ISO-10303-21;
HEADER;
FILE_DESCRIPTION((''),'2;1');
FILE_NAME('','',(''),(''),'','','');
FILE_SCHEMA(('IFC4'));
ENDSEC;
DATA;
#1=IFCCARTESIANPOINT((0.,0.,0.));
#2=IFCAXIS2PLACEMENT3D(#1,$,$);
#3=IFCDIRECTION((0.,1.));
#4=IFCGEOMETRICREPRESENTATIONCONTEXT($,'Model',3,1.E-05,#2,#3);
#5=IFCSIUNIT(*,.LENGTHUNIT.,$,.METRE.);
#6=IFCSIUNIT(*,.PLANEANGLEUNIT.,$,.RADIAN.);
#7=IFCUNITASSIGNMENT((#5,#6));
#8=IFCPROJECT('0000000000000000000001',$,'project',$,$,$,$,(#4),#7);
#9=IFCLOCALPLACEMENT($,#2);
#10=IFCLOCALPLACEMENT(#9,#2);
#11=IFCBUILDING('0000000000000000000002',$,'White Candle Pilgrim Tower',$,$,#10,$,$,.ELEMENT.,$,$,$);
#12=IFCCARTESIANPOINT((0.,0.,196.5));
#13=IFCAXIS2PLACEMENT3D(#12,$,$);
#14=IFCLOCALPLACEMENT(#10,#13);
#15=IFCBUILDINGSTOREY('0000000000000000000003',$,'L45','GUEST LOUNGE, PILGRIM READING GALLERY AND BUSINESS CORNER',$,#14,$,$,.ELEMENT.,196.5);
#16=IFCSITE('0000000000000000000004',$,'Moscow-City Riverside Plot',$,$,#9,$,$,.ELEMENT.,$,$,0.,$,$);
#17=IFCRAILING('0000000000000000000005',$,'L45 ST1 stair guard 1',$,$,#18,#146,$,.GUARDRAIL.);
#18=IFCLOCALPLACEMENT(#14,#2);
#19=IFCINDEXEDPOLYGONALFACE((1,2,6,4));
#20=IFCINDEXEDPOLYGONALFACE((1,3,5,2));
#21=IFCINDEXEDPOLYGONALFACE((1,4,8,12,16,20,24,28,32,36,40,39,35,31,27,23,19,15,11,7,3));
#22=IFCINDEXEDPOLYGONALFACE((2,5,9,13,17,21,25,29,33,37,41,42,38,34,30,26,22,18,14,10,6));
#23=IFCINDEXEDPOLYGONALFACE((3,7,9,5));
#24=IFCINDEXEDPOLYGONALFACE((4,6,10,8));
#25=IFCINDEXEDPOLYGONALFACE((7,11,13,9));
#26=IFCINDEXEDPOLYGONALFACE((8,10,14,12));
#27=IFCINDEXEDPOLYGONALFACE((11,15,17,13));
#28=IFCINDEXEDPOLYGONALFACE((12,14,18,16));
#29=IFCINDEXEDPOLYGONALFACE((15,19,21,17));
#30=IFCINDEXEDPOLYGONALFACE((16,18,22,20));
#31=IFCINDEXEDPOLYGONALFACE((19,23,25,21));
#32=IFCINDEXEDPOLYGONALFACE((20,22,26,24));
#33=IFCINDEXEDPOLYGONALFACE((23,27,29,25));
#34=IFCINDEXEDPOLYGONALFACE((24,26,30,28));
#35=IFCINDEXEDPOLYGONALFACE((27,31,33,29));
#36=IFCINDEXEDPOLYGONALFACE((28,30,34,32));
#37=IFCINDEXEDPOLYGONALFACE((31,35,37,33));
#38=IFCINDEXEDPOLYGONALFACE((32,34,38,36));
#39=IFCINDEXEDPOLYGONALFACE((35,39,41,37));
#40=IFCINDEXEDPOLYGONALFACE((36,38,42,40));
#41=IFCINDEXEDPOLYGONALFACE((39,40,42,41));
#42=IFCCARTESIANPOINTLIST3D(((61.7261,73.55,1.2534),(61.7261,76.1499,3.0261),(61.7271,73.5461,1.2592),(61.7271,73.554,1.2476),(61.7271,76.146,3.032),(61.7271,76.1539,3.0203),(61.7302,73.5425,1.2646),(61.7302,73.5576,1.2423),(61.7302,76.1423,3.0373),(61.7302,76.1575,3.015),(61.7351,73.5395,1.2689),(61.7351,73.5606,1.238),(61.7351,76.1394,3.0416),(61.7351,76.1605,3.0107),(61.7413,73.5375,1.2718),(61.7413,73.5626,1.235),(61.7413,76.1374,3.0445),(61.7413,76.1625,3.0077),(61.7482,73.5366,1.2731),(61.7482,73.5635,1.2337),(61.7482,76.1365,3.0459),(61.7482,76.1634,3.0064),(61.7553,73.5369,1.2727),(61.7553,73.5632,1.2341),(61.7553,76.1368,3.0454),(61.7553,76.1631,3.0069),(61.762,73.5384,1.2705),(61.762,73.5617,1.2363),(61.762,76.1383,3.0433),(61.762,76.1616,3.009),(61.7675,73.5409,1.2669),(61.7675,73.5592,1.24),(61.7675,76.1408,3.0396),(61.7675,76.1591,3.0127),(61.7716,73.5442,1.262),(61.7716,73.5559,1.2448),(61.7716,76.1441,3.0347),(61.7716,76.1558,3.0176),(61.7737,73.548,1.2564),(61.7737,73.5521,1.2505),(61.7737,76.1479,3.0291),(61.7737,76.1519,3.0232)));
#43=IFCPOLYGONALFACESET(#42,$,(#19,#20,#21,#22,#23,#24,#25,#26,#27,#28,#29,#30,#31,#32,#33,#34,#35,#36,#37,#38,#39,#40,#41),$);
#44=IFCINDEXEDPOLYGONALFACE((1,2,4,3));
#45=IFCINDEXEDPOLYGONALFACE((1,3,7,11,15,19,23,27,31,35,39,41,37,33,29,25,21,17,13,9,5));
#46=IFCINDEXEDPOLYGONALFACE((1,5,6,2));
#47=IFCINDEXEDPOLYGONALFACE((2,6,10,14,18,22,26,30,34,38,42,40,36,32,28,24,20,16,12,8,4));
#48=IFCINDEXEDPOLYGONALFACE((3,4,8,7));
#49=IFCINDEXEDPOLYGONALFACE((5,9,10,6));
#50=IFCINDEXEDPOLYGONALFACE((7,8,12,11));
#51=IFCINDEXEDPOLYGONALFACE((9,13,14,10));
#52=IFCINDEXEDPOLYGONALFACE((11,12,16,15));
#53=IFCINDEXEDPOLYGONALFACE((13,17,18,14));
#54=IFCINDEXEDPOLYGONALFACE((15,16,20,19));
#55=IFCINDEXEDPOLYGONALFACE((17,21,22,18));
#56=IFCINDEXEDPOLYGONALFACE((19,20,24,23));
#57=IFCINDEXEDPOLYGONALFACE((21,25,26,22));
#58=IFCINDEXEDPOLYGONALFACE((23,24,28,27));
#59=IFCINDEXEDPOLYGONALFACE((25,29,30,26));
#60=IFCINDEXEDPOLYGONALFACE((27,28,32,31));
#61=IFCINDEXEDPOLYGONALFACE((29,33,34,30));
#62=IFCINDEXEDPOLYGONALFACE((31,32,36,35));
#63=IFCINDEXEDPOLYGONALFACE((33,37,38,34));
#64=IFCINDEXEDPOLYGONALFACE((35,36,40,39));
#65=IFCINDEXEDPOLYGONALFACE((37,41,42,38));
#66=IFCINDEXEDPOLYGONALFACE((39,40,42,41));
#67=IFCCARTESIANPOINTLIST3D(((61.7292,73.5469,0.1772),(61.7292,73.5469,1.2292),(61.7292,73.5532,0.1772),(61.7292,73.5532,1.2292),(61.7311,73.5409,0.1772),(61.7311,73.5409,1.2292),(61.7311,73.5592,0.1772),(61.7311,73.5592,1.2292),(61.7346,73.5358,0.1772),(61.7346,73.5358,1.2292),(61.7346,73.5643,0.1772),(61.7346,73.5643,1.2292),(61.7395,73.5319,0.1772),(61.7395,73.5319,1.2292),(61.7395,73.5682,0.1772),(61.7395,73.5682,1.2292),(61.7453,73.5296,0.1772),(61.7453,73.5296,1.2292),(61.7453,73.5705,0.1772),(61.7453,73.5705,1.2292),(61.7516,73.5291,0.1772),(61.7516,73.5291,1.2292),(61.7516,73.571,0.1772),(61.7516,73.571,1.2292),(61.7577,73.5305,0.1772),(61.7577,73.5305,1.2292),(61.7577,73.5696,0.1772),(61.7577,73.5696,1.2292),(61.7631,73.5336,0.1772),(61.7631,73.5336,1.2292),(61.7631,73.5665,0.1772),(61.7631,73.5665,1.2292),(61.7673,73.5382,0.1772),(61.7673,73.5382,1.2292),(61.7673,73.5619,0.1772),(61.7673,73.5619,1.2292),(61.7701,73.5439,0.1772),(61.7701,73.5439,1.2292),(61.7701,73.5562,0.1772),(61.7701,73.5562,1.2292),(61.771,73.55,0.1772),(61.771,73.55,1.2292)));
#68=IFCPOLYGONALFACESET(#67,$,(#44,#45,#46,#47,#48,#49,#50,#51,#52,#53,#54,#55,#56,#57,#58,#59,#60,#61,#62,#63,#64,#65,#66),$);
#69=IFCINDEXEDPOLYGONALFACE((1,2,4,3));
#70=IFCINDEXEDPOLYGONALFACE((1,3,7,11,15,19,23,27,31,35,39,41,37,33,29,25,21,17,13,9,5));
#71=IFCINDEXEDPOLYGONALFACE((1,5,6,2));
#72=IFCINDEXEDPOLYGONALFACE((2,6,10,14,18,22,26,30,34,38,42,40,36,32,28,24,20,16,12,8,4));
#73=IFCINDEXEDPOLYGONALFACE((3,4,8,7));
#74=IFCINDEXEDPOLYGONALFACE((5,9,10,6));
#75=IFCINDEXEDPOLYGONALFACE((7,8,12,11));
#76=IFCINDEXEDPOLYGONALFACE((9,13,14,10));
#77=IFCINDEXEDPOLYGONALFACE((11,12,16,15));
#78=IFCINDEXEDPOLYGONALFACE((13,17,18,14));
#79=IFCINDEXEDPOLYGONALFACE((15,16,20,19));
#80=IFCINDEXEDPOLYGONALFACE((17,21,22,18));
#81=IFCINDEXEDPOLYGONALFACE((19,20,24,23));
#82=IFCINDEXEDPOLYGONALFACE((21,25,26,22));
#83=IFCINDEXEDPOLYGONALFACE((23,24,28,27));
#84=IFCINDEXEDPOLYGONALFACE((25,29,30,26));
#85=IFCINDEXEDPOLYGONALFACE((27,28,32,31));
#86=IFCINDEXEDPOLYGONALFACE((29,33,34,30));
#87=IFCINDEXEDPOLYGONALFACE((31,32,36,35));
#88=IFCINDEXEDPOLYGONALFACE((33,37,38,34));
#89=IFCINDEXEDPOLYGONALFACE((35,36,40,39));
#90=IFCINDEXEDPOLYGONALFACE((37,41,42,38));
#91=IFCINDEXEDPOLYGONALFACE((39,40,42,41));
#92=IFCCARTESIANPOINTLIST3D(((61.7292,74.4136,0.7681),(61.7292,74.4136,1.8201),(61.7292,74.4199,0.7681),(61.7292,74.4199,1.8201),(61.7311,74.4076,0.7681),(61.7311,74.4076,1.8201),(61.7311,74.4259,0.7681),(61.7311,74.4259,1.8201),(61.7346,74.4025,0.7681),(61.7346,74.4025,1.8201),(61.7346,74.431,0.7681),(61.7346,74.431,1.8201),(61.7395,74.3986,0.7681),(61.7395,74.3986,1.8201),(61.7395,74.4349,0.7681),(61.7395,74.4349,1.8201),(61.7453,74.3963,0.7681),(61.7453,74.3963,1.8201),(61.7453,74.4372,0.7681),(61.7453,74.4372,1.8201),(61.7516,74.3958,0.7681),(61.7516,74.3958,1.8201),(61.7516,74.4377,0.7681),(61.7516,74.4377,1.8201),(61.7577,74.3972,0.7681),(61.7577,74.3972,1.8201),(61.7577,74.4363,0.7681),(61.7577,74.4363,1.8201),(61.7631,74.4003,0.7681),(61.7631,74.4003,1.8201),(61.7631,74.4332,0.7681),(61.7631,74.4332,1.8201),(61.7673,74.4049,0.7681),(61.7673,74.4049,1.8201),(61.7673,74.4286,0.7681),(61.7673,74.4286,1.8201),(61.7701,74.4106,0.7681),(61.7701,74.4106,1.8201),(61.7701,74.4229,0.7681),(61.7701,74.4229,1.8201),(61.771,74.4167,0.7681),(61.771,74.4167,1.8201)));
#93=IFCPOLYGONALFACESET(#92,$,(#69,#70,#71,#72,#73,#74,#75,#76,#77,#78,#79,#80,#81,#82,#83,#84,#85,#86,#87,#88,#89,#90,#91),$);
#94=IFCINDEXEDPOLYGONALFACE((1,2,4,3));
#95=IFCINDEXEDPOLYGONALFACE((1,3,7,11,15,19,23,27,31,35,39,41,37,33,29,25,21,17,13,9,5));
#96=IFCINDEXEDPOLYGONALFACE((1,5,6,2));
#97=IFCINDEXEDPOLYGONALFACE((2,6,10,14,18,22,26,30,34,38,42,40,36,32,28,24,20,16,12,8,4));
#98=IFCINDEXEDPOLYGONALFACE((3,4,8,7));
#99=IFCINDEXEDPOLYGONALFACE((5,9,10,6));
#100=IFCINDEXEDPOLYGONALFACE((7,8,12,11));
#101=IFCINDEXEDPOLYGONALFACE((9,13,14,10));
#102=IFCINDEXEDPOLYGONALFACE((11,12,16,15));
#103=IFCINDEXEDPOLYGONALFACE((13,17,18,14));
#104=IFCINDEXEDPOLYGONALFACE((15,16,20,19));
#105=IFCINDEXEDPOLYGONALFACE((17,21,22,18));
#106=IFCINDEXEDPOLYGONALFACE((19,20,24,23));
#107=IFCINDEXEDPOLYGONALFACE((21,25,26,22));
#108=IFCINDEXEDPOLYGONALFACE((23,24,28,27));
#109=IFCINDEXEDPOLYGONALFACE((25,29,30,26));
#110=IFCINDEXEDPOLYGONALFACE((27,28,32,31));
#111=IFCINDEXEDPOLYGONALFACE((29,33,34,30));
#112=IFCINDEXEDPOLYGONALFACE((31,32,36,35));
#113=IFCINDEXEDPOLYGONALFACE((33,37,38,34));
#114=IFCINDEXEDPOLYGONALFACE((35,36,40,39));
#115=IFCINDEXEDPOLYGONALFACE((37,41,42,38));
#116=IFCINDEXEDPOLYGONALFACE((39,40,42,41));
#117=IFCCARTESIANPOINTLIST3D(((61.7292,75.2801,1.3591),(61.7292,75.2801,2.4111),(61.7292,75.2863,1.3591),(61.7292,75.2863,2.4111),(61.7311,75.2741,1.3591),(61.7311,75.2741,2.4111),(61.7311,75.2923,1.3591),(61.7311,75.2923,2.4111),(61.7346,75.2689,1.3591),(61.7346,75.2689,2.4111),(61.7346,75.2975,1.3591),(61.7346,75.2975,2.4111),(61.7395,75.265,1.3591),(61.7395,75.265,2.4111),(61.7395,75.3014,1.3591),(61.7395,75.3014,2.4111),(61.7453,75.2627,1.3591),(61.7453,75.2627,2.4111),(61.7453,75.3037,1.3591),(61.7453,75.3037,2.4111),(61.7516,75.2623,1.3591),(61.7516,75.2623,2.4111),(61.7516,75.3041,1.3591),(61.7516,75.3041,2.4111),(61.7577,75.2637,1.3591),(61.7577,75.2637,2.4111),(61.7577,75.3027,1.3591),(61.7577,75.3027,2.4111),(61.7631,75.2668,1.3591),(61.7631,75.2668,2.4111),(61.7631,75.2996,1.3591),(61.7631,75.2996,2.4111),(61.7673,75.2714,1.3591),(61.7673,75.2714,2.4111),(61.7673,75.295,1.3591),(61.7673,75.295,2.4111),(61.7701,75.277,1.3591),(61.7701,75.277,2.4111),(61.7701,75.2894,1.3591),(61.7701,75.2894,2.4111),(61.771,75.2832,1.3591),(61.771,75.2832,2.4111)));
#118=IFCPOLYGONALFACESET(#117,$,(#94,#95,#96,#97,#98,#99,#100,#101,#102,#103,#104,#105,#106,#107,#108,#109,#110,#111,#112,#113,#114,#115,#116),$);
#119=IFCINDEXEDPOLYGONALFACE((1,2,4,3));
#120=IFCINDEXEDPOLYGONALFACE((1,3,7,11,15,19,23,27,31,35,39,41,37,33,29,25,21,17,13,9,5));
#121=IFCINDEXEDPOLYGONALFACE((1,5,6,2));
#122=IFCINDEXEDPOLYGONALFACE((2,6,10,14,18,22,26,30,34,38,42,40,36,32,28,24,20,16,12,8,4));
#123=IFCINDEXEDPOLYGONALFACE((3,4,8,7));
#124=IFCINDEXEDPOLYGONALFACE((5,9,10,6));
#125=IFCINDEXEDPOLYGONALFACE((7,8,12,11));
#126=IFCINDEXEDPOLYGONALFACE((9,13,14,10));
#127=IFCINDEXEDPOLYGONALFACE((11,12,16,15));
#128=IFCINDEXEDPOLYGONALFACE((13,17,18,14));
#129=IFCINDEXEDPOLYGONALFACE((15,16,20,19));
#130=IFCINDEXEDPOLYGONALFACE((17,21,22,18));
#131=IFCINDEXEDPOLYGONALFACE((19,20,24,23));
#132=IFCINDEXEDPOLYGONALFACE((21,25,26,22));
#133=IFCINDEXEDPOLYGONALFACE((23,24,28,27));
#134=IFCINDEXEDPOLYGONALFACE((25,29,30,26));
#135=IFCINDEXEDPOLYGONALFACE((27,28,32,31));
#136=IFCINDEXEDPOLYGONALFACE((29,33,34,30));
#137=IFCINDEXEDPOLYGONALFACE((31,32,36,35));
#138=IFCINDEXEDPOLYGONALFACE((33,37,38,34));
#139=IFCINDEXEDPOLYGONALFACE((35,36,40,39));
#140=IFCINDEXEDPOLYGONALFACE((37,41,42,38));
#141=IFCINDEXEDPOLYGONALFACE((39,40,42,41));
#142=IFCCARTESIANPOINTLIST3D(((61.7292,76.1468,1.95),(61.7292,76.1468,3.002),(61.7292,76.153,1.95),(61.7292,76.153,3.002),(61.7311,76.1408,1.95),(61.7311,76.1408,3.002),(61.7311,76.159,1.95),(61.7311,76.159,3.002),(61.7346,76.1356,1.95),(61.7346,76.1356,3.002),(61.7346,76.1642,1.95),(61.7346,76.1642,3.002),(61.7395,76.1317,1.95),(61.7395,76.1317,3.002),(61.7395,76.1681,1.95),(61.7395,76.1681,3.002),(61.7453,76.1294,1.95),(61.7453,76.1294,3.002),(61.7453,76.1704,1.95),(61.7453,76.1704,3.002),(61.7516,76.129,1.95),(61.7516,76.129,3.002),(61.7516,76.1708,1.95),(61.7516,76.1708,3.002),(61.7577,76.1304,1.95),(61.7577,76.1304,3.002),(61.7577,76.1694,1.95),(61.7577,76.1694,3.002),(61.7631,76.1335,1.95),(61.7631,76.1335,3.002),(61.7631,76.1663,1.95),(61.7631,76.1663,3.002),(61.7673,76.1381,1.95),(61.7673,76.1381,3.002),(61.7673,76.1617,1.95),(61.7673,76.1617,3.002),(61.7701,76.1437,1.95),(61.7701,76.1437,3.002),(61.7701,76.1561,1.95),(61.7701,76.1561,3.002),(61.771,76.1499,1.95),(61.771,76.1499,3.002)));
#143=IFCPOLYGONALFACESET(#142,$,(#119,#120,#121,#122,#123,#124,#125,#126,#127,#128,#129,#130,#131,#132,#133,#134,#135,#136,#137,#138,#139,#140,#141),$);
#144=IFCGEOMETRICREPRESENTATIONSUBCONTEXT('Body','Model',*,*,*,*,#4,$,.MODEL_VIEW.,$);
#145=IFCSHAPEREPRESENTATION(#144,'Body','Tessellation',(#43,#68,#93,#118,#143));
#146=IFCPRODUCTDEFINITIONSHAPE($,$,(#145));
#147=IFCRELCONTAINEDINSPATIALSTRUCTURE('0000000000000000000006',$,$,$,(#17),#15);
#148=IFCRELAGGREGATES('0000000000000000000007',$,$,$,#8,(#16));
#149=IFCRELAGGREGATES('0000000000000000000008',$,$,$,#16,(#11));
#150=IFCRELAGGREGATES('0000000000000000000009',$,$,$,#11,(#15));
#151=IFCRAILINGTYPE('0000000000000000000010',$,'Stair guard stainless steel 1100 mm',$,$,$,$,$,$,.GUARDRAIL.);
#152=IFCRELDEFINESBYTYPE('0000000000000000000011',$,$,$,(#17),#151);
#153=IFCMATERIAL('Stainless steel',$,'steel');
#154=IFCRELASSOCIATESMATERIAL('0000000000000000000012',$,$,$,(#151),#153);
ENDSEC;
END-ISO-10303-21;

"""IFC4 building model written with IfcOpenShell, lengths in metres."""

from ifc_helpers import new_model, si_unit, direction, frame, origin, origin_2d, place, context, subcontext, project, spatial, circle, extrude, material, type_object, element, save


model = new_model("IFC4")

# Units and contexts
model_context = context("Model", 3, precision=1e-05, world=origin(), true_north=direction((0.0, 1.0)))
body_context = subcontext(model_context, "Body", "Model", "MODEL_VIEW")
ifc_project = project(units=[si_unit("LENGTHUNIT", "METRE"), si_unit("PLANEANGLEUNIT", "RADIAN")], contexts=[model_context])

# Site, building, storey
site_placement = place(None, origin())
site = spatial("IfcSite", under=ifc_project, at=site_placement, Name="Moscow-City Riverside Plot", CompositionType="ELEMENT", RefElevation=0.0)
building_placement = place(site_placement, origin())
building = spatial("IfcBuilding", under=site, at=building_placement, Name="White Candle Pilgrim Tower", CompositionType="ELEMENT")
storey_placement = place(building_placement, frame((0.0, 0.0, 196.5)))
storey = spatial("IfcBuildingStorey", under=building, at=storey_placement, Name="L45", Description="GUEST LOUNGE, PILGRIM READING GALLERY AND BUSINESS CORNER", CompositionType="ELEMENT", Elevation=196.5)

# Shared definitions
ifc_material_1 = material(Name="Stainless steel", Category="steel")

# Railing
railing_type_1 = type_object("IfcRailingType", Name="Stair guard stainless steel 1100 mm", PredefinedType="GUARDRAIL", material=ifc_material_1)
railing_1_placement = place(storey_placement, frame((61.75, 73.55, 0.1772)))
element("IfcRailing", 1, at=railing_1_placement, inside=storey, type_object=railing_type_1, Name="L45 ST1 stair guard 1", PredefinedType="GUARDRAIL", context=body_context, shape_type="SweptSolid", body=[
    extrude(circle(Radius=0.0239, at=origin_2d()), frame((0.0, 0.0, 1.0762), z_axis=(0.0, 0.826216, 0.563354), x_axis=(-1.0, 0.0, 0.0)), (0.0, 0.0, 1.0), 3.1467),
    extrude(circle(Radius=0.021, at=origin_2d()), origin(), (0.0, 0.0, 1.0), 1.052),
    extrude(circle(Radius=0.021, at=origin_2d()), frame((0.0, 0.8667, 0.5908)), (0.0, 0.0, 1.0), 1.052),
    extrude(circle(Radius=0.021, at=origin_2d()), frame((0.0, 1.7332, 1.1819)), (0.0, 0.0, 1.0), 1.052),
    extrude(circle(Radius=0.021, at=origin_2d()), frame((0.0, 2.5999, 1.7727)), (0.0, 0.0, 1.0), 1.052),
])

save(model, "model.ifc")
